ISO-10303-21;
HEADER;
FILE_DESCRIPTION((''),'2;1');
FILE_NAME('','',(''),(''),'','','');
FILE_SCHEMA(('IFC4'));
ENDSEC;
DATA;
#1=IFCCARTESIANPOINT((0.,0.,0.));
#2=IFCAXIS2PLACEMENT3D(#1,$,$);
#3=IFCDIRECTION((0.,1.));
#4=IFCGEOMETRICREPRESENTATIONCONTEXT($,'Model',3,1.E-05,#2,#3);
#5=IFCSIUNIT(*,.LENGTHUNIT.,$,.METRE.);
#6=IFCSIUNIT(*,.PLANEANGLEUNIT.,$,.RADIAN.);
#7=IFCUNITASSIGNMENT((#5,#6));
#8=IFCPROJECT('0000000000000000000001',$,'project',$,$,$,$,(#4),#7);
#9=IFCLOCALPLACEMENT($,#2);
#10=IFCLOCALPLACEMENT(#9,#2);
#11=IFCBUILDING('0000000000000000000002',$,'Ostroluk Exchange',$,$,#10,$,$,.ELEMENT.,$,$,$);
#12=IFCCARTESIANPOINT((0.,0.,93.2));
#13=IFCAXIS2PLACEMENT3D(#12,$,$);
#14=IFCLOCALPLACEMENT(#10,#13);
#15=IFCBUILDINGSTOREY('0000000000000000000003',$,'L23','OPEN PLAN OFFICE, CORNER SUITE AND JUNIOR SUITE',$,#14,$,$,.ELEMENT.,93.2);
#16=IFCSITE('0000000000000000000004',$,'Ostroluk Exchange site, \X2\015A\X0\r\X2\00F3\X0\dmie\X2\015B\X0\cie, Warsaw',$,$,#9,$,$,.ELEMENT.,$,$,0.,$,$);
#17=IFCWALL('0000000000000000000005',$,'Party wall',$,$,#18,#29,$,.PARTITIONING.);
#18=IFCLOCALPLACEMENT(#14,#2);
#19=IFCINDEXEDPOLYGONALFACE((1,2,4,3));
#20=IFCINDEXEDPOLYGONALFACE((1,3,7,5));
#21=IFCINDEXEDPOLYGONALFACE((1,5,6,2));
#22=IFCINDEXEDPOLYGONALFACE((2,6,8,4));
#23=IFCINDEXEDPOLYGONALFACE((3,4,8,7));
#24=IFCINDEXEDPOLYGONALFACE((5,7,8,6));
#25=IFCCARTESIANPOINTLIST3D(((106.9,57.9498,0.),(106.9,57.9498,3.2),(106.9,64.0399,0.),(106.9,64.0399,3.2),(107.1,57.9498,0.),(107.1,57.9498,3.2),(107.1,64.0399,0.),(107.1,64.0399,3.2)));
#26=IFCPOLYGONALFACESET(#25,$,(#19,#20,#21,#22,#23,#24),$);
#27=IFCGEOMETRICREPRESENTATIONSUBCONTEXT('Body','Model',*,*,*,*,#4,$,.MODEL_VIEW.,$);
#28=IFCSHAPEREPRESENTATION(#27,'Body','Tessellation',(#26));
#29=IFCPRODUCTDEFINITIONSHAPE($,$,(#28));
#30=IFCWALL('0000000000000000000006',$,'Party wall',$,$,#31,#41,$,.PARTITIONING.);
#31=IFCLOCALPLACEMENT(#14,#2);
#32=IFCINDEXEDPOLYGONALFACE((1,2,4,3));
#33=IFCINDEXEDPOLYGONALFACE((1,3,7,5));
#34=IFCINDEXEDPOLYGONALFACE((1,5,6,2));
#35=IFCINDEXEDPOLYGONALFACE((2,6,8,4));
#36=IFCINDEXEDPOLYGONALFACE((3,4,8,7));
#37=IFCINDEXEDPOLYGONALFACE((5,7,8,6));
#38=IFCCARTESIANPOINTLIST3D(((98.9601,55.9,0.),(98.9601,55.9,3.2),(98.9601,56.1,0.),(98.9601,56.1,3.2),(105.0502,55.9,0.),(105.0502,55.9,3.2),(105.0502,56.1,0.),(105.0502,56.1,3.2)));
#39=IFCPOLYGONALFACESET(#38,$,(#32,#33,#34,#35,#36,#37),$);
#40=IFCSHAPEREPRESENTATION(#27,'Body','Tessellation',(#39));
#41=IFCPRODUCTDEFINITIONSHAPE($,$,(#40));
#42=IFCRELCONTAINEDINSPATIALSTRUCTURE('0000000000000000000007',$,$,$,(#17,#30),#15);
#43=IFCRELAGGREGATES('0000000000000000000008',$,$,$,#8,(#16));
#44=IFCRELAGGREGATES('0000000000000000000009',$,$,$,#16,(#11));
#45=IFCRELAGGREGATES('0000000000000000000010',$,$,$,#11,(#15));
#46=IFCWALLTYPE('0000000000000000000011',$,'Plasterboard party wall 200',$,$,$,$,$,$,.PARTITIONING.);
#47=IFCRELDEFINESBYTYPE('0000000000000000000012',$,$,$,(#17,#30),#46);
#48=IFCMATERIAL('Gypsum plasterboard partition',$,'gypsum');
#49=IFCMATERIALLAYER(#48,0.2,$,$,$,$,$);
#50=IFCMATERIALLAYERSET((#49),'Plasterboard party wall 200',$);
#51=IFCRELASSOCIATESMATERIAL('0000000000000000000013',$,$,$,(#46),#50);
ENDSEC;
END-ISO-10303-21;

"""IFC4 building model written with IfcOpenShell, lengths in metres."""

from ifc_helpers import new_model, si_unit, direction, frame, frame_2d, origin, place, context, subcontext, project, spatial, rectangle, extrude, material, layer, layer_set, type_object, element, save


model = new_model("IFC4")

# Units and contexts
model_context = context("Model", 3, precision=1e-05, world=origin(), true_north=direction((0.0, 1.0)))
body_context = subcontext(model_context, "Body", "Model", "MODEL_VIEW")
ifc_project = project(units=[si_unit("LENGTHUNIT", "METRE"), si_unit("PLANEANGLEUNIT", "RADIAN")], contexts=[model_context])

# Site, building, storey
site_placement = place(None, origin())
site = spatial("IfcSite", under=ifc_project, at=site_placement, Name="Ostroluk Exchange site, Śródmieście, Warsaw", CompositionType="ELEMENT", RefElevation=0.0)
building_placement = place(site_placement, origin())
building = spatial("IfcBuilding", under=site, at=building_placement, Name="Ostroluk Exchange", CompositionType="ELEMENT")
storey_placement = place(building_placement, frame((0.0, 0.0, 93.2)))
storey = spatial("IfcBuildingStorey", under=building, at=storey_placement, Name="L23", Description="OPEN PLAN OFFICE, CORNER SUITE AND JUNIOR SUITE", CompositionType="ELEMENT", Elevation=93.2)

# Walls
ifc_material_1 = material(Name="Gypsum plasterboard partition", Category="gypsum")
ifc_layer_1 = layer(ifc_material_1, 0.2)
ifc_layer_set_1 = layer_set([ifc_layer_1], Name="Plasterboard party wall 200")
wall_type_1 = type_object("IfcWallType", Name="Plasterboard party wall 200", PredefinedType="PARTITIONING", material=ifc_layer_set_1)
for number, where, z_axis, x_axis, name in (
    (1, (107.0, 57.95, 0.0), (0.0, 0.0, 1.0), (0.0, 1.0, 0.0), "Party wall"),
    (2, (105.05, 56.0, 0.0), (0.0, 0.0, 1.0), (-1.0, 0.0, 0.0), "Party wall"),
):
    element("IfcWall", number, at=place(storey_placement, frame(where, z_axis=z_axis, x_axis=x_axis)), inside=storey, type_object=wall_type_1, Name=name, PredefinedType="PARTITIONING", context=body_context, shape_type="SweptSolid", body=[
        extrude(rectangle(XDim=6.0901, YDim=0.2, at=frame_2d((3.0449, 0.0))), origin(), (0.0, 0.0, 1.0), 3.2),
    ])

save(model, "model.ifc")
